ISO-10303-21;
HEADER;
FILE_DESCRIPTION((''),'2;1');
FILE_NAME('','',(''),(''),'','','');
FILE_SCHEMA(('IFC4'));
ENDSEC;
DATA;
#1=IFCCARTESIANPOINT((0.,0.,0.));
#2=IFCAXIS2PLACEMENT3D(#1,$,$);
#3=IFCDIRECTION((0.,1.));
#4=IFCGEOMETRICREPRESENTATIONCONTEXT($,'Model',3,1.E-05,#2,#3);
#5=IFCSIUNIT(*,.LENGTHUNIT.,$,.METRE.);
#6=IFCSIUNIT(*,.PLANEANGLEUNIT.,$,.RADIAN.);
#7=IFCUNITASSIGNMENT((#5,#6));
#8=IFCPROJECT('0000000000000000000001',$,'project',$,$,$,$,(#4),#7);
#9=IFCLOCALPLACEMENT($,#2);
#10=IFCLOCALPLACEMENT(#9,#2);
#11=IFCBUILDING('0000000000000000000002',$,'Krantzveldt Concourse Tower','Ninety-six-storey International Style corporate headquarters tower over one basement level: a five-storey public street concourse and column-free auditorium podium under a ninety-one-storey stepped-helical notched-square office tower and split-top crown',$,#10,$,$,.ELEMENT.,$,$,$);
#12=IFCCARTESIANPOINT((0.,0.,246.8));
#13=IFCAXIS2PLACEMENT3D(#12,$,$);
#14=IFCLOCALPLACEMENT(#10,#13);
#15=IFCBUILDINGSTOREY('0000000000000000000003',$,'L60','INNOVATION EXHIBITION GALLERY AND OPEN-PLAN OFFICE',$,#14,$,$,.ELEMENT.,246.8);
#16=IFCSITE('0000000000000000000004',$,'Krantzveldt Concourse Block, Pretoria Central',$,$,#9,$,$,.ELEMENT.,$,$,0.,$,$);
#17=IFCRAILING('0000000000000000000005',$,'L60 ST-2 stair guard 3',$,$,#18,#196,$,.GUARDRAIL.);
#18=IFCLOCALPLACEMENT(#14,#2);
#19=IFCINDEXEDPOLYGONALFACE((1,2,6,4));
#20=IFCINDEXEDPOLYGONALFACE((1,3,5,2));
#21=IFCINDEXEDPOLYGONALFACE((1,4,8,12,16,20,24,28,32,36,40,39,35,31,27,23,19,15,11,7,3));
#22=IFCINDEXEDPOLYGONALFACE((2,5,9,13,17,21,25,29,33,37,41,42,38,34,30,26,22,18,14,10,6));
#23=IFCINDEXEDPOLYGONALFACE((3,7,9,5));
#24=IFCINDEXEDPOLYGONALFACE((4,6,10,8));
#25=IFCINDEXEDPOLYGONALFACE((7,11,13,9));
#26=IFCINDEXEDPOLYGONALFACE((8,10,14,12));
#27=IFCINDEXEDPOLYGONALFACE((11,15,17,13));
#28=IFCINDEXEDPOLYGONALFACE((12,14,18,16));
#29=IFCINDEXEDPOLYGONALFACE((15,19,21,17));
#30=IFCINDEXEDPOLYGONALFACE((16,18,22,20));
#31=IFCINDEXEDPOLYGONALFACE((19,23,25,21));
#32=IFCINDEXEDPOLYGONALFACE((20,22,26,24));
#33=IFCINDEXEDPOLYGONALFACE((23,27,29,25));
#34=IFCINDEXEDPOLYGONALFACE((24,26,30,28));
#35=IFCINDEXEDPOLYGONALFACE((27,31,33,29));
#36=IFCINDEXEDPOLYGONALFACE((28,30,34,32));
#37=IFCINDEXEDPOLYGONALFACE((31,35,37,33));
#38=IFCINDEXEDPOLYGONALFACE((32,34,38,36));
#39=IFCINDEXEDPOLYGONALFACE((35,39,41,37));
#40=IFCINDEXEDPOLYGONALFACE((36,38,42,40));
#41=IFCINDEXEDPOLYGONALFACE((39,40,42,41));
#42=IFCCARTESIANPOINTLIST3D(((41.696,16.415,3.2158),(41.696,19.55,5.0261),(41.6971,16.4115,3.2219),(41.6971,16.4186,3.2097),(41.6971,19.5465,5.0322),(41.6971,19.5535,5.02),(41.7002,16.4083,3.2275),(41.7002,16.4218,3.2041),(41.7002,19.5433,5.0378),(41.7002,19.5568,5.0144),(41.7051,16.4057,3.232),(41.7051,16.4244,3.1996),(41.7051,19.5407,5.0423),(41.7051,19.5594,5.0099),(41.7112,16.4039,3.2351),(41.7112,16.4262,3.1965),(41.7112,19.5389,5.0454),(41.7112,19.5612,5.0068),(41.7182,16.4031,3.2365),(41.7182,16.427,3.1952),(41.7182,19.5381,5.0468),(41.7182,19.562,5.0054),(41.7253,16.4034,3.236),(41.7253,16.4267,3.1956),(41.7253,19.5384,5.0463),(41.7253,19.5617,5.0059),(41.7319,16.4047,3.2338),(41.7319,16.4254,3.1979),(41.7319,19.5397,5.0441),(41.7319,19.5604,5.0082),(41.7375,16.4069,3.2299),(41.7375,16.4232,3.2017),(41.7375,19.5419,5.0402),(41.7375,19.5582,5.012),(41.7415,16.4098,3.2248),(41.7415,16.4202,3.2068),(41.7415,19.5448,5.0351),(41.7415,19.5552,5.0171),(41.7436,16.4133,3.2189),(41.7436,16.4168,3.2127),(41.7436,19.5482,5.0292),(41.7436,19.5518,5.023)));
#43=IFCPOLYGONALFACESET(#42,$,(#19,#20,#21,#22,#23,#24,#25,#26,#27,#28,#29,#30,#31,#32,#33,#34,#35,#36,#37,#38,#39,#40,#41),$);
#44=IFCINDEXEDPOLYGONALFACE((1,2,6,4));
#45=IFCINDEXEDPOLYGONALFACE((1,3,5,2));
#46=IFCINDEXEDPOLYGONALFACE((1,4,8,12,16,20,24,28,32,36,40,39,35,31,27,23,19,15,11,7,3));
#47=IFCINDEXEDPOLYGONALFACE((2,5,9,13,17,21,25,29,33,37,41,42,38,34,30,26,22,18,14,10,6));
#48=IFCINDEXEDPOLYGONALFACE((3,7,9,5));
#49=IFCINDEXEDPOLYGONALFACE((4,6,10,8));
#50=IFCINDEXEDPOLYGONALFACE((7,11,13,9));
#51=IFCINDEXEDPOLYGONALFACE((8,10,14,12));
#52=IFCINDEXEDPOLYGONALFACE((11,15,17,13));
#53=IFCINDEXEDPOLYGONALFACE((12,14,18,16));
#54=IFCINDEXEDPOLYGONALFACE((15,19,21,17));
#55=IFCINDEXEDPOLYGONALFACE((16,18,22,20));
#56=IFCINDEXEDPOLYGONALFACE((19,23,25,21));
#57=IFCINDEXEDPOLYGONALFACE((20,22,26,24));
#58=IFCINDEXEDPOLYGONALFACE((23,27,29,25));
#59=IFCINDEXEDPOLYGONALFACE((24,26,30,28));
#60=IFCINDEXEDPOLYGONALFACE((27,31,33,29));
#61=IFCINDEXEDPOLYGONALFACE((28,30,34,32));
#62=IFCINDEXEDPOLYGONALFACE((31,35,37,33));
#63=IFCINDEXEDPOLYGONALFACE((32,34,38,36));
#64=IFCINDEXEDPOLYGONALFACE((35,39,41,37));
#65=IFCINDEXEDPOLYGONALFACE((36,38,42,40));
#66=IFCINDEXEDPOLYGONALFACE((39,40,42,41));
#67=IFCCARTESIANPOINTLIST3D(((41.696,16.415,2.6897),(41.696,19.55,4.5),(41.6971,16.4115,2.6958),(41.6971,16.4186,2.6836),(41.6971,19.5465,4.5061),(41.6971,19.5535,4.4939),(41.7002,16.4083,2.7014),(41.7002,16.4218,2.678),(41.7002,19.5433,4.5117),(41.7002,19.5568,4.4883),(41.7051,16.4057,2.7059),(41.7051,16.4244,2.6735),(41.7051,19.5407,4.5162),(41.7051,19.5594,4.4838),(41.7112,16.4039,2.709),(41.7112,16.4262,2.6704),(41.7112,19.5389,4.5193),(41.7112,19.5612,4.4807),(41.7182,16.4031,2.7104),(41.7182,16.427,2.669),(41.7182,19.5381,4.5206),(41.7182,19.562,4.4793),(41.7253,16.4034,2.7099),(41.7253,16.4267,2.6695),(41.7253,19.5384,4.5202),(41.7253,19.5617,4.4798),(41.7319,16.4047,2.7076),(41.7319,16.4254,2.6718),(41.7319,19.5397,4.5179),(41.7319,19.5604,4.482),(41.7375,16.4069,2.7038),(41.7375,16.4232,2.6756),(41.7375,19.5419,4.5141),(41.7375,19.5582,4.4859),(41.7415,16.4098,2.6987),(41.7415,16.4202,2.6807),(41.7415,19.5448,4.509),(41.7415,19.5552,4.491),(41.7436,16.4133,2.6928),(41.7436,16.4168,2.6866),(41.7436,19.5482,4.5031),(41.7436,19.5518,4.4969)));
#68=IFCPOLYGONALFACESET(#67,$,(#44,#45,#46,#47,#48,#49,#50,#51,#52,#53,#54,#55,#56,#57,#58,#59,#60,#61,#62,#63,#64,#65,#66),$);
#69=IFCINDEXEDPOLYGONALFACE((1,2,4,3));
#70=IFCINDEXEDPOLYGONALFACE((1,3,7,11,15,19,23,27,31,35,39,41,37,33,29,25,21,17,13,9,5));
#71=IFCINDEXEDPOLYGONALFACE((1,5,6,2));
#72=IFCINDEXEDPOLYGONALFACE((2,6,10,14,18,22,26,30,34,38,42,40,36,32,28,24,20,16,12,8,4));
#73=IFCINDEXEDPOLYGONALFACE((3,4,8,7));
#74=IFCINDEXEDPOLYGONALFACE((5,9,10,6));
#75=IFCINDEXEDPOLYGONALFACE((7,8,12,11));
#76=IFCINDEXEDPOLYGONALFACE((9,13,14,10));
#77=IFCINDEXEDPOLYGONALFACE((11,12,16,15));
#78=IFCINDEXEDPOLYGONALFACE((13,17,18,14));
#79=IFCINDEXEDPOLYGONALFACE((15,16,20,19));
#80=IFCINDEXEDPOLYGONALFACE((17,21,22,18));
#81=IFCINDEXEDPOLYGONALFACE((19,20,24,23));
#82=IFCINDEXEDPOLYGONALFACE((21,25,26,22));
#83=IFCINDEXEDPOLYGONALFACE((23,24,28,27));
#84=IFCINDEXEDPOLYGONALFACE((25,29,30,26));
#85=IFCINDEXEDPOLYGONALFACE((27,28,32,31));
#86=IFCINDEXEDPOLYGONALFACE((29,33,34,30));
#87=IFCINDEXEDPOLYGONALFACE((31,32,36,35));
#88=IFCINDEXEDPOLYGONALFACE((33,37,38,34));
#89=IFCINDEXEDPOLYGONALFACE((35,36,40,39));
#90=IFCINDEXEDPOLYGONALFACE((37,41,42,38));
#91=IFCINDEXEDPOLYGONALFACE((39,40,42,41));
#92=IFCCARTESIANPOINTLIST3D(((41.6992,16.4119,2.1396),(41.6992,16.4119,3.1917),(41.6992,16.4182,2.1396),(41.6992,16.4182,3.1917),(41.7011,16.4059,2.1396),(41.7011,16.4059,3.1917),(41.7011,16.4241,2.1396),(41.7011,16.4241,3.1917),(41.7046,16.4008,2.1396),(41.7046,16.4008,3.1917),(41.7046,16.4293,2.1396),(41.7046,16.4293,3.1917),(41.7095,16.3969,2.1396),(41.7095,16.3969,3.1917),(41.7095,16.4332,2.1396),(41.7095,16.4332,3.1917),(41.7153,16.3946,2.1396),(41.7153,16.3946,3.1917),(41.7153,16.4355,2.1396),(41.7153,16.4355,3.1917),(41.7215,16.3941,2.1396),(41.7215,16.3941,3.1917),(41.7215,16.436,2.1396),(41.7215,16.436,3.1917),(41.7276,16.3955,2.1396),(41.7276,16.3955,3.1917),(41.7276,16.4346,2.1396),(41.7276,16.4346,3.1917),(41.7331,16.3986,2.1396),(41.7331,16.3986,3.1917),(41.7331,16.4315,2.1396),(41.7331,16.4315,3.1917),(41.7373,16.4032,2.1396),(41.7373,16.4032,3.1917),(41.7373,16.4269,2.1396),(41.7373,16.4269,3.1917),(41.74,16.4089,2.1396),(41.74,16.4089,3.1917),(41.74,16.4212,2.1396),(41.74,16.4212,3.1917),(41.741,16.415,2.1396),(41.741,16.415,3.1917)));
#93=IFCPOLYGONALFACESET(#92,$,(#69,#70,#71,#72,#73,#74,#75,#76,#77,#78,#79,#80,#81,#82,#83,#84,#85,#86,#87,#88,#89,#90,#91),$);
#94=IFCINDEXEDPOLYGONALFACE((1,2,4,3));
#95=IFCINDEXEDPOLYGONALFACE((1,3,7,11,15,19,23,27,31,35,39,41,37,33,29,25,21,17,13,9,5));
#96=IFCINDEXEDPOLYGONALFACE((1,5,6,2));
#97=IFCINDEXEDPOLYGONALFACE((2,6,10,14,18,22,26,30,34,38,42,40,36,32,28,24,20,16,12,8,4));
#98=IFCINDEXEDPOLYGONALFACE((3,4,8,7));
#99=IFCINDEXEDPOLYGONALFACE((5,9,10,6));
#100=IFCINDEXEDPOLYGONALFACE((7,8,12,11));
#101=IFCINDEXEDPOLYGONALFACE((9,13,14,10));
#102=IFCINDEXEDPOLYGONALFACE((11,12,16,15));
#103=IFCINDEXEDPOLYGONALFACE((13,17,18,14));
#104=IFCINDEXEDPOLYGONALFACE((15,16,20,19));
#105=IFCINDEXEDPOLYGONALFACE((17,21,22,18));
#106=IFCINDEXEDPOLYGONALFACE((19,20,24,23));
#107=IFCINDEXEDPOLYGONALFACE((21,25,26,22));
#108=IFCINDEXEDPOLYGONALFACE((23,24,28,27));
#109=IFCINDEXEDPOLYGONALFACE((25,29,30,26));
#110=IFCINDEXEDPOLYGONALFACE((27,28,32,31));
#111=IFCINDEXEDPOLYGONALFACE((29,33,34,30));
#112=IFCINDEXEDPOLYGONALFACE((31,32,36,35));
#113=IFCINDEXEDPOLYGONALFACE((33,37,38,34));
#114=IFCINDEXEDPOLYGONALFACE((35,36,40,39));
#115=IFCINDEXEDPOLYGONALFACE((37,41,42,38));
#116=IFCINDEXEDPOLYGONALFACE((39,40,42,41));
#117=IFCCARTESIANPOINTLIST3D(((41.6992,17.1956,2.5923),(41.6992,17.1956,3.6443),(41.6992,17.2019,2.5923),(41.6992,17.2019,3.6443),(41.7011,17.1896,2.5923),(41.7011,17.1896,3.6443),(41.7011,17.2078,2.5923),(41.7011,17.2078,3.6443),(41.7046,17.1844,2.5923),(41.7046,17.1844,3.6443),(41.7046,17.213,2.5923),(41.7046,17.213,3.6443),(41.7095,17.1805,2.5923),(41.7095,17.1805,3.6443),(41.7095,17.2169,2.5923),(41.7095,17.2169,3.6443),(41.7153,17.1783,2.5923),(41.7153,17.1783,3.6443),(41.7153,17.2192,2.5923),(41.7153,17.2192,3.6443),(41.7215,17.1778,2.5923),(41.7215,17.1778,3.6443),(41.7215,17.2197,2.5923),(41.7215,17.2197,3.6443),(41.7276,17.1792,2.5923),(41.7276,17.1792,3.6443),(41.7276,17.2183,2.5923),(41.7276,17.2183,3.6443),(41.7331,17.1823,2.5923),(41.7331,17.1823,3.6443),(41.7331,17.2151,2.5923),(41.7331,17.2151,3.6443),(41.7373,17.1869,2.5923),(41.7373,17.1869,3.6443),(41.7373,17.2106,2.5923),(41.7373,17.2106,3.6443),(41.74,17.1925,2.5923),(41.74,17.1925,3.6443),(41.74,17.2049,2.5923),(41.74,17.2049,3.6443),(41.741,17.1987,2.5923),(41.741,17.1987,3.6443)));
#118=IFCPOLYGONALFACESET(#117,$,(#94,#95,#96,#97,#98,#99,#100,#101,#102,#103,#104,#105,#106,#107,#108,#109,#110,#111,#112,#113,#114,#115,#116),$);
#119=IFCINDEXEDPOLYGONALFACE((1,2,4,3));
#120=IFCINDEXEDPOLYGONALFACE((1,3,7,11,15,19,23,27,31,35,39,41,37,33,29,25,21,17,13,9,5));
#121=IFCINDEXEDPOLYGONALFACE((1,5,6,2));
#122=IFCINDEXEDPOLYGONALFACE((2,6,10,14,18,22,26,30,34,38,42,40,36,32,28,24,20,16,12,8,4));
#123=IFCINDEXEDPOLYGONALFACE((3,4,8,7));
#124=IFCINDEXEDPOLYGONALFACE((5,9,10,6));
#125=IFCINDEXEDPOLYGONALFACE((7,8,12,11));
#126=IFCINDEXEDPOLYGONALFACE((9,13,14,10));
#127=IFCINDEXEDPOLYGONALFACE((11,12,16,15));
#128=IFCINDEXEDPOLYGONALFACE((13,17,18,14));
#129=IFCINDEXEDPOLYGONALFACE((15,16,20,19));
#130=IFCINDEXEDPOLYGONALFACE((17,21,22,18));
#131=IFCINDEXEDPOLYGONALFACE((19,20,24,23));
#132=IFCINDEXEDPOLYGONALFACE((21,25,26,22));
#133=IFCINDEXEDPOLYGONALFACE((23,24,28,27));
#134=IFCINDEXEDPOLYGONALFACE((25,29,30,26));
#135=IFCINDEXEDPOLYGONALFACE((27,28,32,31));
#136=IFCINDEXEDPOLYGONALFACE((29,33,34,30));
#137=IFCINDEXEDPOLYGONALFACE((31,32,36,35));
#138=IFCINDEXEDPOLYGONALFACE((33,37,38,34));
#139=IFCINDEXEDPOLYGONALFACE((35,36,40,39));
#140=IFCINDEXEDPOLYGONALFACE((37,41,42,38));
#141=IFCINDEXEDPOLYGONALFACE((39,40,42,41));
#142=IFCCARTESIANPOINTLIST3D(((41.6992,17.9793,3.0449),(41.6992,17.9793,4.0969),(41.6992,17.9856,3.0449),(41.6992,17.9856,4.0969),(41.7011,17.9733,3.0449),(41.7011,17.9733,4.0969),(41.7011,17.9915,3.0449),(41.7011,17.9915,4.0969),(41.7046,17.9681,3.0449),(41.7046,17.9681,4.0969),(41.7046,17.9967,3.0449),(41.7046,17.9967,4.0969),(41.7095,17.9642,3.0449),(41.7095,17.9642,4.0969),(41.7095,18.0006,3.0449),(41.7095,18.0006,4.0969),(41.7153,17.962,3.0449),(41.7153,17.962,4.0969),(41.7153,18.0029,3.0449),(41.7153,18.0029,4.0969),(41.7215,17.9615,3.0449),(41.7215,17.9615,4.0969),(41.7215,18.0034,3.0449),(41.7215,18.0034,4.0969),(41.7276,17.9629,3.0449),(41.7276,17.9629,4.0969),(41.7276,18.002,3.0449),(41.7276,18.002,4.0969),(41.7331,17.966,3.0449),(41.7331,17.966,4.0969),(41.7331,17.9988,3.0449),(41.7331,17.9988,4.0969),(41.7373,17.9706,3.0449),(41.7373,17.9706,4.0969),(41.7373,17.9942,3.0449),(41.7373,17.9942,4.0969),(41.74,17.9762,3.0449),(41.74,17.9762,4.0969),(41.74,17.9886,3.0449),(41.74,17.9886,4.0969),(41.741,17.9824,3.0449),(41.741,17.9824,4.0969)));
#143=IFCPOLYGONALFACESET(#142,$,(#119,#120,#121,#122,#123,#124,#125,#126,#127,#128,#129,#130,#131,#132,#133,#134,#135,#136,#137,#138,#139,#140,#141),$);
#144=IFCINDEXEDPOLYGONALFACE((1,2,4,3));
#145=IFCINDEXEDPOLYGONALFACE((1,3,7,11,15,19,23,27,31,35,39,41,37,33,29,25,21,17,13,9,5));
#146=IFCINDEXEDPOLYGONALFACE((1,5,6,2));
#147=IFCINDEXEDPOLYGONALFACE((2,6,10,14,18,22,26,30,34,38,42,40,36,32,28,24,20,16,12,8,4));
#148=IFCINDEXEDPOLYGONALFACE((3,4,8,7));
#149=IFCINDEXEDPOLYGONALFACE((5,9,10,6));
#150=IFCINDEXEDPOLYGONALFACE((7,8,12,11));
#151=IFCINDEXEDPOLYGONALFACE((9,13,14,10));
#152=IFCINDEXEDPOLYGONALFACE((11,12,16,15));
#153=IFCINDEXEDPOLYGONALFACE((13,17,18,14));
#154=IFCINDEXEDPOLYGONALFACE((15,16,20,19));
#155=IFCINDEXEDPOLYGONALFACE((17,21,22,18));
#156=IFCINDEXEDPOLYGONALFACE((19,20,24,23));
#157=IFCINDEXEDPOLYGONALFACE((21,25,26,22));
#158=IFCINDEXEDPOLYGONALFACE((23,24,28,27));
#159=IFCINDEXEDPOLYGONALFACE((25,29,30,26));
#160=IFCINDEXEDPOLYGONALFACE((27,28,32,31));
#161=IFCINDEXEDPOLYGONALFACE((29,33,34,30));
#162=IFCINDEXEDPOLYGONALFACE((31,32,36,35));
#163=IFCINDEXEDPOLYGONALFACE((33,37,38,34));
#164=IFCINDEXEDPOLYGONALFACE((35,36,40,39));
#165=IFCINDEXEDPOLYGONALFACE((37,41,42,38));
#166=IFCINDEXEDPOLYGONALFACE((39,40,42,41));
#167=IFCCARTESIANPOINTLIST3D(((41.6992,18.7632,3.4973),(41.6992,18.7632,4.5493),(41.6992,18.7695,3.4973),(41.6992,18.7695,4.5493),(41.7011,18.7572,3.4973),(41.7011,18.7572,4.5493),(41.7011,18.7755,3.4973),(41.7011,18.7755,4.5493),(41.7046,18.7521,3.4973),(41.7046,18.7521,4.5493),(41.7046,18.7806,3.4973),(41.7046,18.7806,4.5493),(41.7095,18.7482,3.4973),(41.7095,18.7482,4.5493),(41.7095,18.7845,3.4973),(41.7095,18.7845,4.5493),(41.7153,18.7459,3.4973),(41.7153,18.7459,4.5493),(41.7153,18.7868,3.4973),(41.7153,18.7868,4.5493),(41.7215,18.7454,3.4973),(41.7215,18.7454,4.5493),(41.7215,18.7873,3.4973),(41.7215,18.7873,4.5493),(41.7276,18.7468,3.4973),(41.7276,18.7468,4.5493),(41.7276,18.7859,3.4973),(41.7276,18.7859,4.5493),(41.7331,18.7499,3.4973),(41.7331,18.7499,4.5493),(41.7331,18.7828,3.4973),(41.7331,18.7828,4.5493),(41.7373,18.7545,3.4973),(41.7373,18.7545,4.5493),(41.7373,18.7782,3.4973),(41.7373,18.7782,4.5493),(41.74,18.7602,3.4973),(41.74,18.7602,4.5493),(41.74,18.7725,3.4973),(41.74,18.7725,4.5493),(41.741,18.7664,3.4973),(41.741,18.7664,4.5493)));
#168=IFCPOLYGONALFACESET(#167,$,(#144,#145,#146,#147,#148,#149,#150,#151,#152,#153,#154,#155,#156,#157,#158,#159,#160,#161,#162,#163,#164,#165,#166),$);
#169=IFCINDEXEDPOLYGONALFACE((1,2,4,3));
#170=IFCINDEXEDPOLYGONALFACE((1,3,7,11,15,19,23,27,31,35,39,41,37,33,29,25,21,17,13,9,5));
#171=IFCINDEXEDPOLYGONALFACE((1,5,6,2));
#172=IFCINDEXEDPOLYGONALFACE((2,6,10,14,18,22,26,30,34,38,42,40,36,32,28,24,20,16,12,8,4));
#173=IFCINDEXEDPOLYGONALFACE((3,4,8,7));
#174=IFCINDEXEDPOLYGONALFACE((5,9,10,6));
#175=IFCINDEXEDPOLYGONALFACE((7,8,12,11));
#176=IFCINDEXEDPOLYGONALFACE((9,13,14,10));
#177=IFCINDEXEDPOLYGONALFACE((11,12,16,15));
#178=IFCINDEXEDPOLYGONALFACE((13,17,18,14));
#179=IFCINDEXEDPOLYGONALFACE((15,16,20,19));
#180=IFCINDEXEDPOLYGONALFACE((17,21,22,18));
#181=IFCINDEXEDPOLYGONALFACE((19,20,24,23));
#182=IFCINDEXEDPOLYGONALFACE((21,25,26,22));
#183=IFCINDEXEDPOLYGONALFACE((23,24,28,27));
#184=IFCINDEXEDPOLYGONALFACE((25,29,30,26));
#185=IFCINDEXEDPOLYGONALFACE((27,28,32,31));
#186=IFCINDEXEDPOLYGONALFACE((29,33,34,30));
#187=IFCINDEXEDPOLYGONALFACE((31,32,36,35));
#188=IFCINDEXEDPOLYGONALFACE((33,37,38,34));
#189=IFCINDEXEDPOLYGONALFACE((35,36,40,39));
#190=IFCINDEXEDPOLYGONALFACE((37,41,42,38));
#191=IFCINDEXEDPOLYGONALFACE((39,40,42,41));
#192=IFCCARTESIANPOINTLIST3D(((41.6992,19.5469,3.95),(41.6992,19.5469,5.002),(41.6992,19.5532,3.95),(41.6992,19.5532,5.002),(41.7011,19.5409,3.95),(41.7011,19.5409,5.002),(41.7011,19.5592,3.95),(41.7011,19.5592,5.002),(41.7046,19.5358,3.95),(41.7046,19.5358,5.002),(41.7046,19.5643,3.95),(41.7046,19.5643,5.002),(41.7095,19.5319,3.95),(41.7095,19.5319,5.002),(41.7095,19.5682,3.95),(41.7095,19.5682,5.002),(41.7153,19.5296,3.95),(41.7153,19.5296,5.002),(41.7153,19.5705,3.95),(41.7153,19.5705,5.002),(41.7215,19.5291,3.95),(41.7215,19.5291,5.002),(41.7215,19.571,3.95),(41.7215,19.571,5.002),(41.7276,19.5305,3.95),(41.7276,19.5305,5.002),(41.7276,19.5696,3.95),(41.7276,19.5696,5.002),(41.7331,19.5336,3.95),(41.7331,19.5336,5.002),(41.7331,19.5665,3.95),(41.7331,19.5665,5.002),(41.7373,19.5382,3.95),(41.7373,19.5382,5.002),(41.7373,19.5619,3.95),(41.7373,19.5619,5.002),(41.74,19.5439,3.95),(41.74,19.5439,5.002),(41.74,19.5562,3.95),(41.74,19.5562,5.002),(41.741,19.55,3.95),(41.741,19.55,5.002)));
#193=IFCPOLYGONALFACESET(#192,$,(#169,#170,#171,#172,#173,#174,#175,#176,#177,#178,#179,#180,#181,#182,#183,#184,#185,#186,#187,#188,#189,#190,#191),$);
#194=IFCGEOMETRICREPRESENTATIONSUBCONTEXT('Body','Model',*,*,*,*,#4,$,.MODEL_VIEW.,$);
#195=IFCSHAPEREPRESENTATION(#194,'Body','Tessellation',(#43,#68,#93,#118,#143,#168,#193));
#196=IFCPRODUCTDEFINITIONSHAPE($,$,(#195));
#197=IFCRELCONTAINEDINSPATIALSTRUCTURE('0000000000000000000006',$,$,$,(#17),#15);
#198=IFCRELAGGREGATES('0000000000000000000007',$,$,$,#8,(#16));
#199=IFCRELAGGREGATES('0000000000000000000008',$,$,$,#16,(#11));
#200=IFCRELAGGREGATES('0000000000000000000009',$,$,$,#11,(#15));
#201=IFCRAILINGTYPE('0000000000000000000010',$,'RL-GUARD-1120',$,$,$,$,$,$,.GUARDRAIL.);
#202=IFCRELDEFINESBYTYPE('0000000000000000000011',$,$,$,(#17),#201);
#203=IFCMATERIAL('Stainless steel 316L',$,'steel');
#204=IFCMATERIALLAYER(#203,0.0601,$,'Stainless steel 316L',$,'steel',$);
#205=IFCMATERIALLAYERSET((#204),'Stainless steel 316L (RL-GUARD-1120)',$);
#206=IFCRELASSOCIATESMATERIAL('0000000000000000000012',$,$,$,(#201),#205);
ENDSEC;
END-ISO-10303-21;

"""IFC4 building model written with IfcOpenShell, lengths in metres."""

from ifc_helpers import new_model, si_unit, direction, frame, origin, origin_2d, place, context, subcontext, project, spatial, circle, extrude, material, layer, layer_set, type_object, element, save


model = new_model("IFC4")

# Units and contexts
model_context = context("Model", 3, precision=1e-05, world=origin(), true_north=direction((0.0, 1.0)))
body_context = subcontext(model_context, "Body", "Model", "MODEL_VIEW")
ifc_project = project(units=[si_unit("LENGTHUNIT", "METRE"), si_unit("PLANEANGLEUNIT", "RADIAN")], contexts=[model_context])

# Site, building, storey
site_placement = place(None, origin())
site = spatial("IfcSite", under=ifc_project, at=site_placement, Name="Krantzveldt Concourse Block, Pretoria Central", CompositionType="ELEMENT", RefElevation=0.0)
building_placement = place(site_placement, origin())
building = spatial("IfcBuilding", under=site, at=building_placement, Name="Krantzveldt Concourse Tower", Description="Ninety-six-storey International Style corporate headquarters tower over one basement level: a five-storey public street concourse and column-free auditorium podium under a ninety-one-storey stepped-helical notched-square office tower and split-top crown", CompositionType="ELEMENT")
storey_placement = place(building_placement, frame((0.0, 0.0, 246.8)))
storey = spatial("IfcBuildingStorey", under=building, at=storey_placement, Name="L60", Description="INNOVATION EXHIBITION GALLERY AND OPEN-PLAN OFFICE", CompositionType="ELEMENT", Elevation=246.8)

# Shared definitions
ifc_material_1 = material(Name="Stainless steel 316L", Category="steel")

# Railing
ifc_layer_1 = layer(ifc_material_1, 0.0601, Name="Stainless steel 316L", Category="steel")
ifc_layer_set_1 = layer_set([ifc_layer_1], Name="Stainless steel 316L (RL-GUARD-1120)")
railing_type_1 = type_object("IfcRailingType", Name="RL-GUARD-1120", PredefinedType="GUARDRAIL", material=ifc_layer_set_1)
railing_1_placement = place(storey_placement, frame((41.72, 16.415, 2.1396)))
element("IfcRailing", 1, at=railing_1_placement, inside=storey, type_object=railing_type_1, Name="L60 ST-2 stair guard 3", PredefinedType="GUARDRAIL", context=body_context, shape_type="SweptSolid", body=[
    extrude(circle(Radius=0.0239, at=origin_2d()), frame((0.0, 0.0, 1.0762), z_axis=(0.0, 0.865989, 0.500063), x_axis=(-1.0, 0.0, 0.0)), (0.0, 0.0, 1.0), 3.6201),
    extrude(circle(Radius=0.0239, at=origin_2d()), frame((0.0, 0.0, 0.55), z_axis=(0.0, 0.865989, 0.500063), x_axis=(-1.0, 0.0, 0.0)), (0.0, 0.0, 1.0), 3.6201),
    extrude(circle(Radius=0.021, at=origin_2d()), origin(), (0.0, 0.0, 1.0), 1.052),
    extrude(circle(Radius=0.021, at=origin_2d()), frame((0.0, 0.7837, 0.4526)), (0.0, 0.0, 1.0), 1.052),
    extrude(circle(Radius=0.021, at=origin_2d()), frame((0.0, 1.5674, 0.9053)), (0.0, 0.0, 1.0), 1.052),
    extrude(circle(Radius=0.021, at=origin_2d()), frame((0.0, 2.3513, 1.3577)), (0.0, 0.0, 1.0), 1.052),
    extrude(circle(Radius=0.021, at=origin_2d()), frame((0.0, 3.135, 1.8103)), (0.0, 0.0, 1.0), 1.052),
])

save(model, "model.ifc")
